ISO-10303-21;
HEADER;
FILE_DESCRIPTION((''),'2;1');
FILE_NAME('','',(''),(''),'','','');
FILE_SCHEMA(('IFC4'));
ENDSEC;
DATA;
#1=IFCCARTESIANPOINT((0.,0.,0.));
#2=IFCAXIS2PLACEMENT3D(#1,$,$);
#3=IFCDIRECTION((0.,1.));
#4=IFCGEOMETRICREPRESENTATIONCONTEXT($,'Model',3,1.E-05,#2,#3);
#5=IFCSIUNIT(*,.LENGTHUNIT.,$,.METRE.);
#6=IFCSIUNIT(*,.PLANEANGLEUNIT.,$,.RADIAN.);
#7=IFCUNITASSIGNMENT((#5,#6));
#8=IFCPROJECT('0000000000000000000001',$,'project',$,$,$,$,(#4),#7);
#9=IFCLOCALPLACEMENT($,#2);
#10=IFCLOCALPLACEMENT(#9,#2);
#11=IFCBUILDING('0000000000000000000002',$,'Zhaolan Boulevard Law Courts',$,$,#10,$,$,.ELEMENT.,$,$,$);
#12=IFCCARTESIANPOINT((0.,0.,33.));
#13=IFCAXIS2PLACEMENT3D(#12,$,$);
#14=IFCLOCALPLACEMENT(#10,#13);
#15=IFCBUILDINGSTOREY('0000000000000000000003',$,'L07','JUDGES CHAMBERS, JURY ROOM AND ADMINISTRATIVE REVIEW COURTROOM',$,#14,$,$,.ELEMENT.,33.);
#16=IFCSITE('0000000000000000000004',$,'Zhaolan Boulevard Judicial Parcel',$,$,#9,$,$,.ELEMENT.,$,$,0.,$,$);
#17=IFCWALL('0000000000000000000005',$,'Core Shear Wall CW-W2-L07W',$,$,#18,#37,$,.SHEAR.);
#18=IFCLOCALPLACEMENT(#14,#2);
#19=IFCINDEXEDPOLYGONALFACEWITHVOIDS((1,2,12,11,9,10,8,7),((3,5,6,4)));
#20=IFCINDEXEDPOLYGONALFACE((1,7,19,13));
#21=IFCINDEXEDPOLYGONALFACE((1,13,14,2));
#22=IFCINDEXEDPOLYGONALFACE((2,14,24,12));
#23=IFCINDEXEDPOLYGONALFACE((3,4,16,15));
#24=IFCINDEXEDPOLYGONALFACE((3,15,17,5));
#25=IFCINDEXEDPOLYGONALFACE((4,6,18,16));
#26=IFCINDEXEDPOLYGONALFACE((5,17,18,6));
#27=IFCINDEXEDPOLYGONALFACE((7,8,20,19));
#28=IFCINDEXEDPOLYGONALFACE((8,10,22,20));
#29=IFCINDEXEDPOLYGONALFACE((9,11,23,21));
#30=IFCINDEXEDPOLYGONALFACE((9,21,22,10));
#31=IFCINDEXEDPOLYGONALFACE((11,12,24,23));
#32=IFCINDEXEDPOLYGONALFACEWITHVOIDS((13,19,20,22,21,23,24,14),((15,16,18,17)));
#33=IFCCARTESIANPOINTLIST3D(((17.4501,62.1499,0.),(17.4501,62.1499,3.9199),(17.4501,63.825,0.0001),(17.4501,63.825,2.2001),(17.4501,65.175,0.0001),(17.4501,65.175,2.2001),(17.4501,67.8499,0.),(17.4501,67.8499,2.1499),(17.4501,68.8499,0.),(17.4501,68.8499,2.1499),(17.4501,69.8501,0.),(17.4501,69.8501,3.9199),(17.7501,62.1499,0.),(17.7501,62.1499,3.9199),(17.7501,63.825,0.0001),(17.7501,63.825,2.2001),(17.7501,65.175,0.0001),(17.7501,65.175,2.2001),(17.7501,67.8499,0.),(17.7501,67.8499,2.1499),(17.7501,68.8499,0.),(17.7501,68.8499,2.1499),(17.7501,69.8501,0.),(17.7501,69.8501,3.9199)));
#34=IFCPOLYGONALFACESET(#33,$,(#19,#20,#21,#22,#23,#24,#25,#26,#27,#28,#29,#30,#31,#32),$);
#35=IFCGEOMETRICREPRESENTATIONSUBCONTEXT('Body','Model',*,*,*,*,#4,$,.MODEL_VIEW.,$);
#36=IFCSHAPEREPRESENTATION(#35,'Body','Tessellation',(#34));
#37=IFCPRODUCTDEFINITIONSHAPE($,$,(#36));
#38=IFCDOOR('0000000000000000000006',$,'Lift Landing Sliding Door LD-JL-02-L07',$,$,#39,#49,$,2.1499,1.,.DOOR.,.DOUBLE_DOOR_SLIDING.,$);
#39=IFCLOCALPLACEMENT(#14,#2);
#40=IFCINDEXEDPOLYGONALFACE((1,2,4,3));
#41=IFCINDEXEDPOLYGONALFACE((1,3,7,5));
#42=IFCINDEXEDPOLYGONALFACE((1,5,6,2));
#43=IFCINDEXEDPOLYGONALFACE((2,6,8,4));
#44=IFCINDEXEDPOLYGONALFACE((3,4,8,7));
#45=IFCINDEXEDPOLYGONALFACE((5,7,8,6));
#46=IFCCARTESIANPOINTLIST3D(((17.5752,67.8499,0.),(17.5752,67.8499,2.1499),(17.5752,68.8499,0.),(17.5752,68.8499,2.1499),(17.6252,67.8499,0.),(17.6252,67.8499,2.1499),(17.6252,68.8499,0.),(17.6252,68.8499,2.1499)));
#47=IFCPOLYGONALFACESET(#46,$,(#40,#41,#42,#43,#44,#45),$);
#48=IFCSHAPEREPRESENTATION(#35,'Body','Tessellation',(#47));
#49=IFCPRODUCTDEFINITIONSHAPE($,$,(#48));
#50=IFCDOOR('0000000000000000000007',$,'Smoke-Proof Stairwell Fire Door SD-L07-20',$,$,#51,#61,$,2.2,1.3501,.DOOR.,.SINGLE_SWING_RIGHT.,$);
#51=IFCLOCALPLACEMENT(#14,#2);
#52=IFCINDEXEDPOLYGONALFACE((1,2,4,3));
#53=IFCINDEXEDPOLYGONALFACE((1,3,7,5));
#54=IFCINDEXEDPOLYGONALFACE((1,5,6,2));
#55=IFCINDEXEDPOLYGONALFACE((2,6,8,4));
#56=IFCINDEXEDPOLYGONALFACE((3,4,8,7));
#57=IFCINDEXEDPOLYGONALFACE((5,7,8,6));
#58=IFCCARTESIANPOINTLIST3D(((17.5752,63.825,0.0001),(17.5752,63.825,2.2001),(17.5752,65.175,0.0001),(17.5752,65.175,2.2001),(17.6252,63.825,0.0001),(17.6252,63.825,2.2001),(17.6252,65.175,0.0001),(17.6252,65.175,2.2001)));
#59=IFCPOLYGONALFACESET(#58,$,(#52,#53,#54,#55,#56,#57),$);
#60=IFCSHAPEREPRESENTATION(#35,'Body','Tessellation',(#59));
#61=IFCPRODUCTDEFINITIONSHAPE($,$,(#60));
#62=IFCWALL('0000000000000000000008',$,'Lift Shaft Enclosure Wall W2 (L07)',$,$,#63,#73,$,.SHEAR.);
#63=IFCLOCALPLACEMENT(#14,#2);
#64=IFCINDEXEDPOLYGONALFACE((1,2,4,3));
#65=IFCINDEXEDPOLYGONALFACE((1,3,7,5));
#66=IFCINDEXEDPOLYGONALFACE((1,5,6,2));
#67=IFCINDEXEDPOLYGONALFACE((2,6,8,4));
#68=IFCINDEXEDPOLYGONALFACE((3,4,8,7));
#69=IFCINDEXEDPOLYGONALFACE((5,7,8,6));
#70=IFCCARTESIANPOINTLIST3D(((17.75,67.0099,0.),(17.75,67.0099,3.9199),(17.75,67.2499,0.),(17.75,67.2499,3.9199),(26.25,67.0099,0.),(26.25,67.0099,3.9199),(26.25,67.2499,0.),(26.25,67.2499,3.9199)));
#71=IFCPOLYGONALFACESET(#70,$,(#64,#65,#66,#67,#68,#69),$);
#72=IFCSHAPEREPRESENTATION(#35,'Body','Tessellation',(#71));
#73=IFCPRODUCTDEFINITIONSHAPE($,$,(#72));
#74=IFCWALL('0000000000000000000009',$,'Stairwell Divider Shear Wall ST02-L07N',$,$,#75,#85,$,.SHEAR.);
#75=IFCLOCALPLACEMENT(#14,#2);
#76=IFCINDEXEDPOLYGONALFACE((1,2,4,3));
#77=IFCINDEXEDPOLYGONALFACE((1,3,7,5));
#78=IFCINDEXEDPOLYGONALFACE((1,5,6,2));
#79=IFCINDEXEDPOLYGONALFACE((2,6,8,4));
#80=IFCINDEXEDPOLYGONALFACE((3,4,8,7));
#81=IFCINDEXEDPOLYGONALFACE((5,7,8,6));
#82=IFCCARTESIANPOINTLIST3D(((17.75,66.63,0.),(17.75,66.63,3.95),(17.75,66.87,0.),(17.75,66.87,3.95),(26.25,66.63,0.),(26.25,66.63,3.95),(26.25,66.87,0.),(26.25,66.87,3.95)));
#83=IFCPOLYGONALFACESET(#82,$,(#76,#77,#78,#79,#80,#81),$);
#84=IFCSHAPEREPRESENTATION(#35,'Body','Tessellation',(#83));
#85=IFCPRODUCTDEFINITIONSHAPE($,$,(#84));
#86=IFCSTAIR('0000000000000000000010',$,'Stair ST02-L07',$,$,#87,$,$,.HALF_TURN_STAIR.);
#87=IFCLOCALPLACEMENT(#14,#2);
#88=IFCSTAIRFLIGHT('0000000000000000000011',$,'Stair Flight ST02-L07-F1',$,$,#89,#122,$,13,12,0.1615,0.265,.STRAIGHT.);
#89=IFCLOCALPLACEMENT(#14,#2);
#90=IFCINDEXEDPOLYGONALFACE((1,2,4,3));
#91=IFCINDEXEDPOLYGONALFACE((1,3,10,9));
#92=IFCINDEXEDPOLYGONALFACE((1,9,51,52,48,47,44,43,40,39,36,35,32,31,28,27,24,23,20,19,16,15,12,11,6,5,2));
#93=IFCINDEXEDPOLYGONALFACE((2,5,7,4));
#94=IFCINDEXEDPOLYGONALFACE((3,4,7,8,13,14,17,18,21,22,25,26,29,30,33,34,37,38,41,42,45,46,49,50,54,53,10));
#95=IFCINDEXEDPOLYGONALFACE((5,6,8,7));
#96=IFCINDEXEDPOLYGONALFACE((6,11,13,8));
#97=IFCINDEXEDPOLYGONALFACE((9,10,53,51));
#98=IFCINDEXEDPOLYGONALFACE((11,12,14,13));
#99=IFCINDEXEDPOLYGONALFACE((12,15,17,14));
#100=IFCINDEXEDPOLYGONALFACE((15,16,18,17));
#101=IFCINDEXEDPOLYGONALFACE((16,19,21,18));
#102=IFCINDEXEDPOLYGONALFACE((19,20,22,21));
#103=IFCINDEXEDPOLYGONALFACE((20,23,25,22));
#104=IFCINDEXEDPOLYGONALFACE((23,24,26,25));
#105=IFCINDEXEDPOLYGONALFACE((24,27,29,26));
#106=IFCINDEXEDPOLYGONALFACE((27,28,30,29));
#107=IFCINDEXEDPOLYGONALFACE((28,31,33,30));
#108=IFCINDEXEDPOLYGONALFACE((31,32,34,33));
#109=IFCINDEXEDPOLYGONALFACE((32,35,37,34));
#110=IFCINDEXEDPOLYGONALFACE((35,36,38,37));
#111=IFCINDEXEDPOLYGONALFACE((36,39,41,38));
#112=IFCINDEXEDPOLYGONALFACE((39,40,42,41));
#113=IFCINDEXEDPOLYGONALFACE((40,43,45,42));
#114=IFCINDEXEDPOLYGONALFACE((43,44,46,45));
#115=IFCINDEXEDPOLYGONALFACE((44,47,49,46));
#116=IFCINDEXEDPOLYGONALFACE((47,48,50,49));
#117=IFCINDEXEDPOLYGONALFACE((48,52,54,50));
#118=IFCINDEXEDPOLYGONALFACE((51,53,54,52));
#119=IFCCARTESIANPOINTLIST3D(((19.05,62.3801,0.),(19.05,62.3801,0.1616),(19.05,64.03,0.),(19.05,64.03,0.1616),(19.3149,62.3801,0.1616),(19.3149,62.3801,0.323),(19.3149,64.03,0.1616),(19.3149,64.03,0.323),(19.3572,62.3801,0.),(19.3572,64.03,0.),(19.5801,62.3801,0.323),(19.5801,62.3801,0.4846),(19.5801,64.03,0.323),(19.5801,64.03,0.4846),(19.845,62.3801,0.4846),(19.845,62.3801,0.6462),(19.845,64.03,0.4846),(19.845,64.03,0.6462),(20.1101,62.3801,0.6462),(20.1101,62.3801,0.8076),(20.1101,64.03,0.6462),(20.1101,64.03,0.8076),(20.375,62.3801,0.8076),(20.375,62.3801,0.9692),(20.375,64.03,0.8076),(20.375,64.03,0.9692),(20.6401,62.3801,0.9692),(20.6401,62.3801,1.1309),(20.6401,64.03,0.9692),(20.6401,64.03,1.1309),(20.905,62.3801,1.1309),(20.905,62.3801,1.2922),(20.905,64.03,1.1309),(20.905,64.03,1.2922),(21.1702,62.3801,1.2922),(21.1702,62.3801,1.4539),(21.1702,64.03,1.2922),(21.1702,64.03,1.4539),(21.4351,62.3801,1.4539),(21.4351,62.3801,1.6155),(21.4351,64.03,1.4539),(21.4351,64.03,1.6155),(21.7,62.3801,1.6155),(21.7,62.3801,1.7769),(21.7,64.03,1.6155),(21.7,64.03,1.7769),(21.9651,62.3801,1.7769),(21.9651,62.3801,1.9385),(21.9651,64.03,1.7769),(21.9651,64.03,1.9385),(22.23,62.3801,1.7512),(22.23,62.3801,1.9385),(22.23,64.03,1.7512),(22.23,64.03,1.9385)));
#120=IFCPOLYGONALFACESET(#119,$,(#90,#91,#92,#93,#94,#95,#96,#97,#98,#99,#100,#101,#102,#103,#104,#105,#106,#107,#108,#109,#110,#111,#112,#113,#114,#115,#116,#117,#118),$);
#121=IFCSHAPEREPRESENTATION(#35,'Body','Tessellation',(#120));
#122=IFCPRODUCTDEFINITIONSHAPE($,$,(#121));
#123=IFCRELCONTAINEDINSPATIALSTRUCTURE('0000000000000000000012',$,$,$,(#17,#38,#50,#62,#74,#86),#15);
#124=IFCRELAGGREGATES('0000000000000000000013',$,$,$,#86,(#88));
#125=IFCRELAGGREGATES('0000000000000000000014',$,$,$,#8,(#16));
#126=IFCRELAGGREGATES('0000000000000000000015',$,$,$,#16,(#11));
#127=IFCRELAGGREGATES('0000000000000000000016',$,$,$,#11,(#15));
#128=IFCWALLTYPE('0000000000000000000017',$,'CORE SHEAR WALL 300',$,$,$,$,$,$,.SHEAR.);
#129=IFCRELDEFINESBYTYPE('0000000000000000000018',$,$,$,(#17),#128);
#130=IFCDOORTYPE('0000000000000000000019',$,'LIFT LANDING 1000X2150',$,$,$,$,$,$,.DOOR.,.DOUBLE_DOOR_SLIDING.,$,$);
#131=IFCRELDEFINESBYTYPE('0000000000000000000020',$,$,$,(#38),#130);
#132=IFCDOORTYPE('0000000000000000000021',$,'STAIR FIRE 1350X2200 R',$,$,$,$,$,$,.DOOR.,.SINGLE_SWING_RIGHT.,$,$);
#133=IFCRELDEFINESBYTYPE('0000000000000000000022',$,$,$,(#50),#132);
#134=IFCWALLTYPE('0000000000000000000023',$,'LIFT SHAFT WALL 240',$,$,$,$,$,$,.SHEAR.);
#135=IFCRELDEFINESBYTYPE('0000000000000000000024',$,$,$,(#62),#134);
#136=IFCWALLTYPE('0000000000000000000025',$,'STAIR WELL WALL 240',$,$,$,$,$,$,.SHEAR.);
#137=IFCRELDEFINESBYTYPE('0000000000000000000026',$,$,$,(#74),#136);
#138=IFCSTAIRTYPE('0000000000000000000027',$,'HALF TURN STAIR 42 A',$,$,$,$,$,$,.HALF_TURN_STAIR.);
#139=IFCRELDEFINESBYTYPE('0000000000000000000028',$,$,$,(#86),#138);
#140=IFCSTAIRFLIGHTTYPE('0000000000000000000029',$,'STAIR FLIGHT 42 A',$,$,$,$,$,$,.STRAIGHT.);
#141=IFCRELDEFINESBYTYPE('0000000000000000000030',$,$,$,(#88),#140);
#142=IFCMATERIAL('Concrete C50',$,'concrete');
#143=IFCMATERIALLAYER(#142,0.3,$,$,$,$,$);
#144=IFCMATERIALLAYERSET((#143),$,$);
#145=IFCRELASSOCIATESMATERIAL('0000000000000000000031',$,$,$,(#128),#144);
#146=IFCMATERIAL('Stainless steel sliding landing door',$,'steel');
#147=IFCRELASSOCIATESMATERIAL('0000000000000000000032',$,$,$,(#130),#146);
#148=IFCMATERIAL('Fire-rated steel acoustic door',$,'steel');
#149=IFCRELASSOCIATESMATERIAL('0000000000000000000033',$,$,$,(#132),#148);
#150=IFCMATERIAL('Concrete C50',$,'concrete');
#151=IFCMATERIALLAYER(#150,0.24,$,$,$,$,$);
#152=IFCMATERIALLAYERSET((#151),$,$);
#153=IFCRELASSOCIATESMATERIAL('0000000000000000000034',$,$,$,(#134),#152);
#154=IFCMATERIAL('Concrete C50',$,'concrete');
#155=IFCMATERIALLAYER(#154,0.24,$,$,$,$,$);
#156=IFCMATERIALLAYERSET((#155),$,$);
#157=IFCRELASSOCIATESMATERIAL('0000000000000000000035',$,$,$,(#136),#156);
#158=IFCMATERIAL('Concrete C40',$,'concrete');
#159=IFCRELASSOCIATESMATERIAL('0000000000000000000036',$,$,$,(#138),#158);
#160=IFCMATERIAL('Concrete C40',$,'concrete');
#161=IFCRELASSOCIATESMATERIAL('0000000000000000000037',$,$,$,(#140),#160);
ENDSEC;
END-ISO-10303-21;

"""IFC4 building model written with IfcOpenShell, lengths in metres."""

from ifc_helpers import new_model, si_unit, direction, frame, frame_2d, origin, place, context, subcontext, project, spatial, polyline, rectangle, outline, extrude, material, layer, layer_set, type_object, element, fill, aggregate, save


model = new_model("IFC4")

# Units and contexts
model_context = context("Model", 3, precision=1e-05, world=origin(), true_north=direction((0.0, 1.0)))
body_context = subcontext(model_context, "Body", "Model", "MODEL_VIEW")
ifc_project = project(units=[si_unit("LENGTHUNIT", "METRE"), si_unit("PLANEANGLEUNIT", "RADIAN")], contexts=[model_context])

# Site, building, storey
site_placement = place(None, origin())
site = spatial("IfcSite", under=ifc_project, at=site_placement, Name="Zhaolan Boulevard Judicial Parcel", CompositionType="ELEMENT", RefElevation=0.0)
building_placement = place(site_placement, origin())
building = spatial("IfcBuilding", under=site, at=building_placement, Name="Zhaolan Boulevard Law Courts", CompositionType="ELEMENT")
storey_placement = place(building_placement, frame((0.0, 0.0, 33.0)))
storey = spatial("IfcBuildingStorey", under=building, at=storey_placement, Name="L07", Description="JUDGES CHAMBERS, JURY ROOM AND ADMINISTRATIVE REVIEW COURTROOM", CompositionType="ELEMENT", Elevation=33.0)

# Wall, openings, doors
ifc_material_1 = material(Name="Concrete C50", Category="concrete")
ifc_layer_1 = layer(ifc_material_1, 0.3)
ifc_layer_set_1 = layer_set([ifc_layer_1])
wall_type_1 = type_object("IfcWallType", Name="CORE SHEAR WALL 300", PredefinedType="SHEAR", material=ifc_layer_set_1)
wall_1_placement = place(storey_placement, frame((17.6001, 62.1499, 0.0), z_axis=(0.0, 0.0, 1.0), x_axis=(0.0, 1.0, 0.0)))
wall_1 = element("IfcWall", 1, at=wall_1_placement, inside=storey, type_object=wall_type_1, Name="Core Shear Wall CW-W2-L07W", PredefinedType="SHEAR", context=body_context, shape_type="SweptSolid", body=[
    extrude(rectangle(XDim=7.7002, YDim=0.3, at=frame_2d((3.8501, 0.0))), origin(), (0.0, 0.0, 1.0), 3.9199),
])
opening_1_placement = place(wall_1_placement, frame((1.675, 0.0, 0.0)))
opening_1 = element("IfcOpeningElement", 2, at=opening_1_placement, cuts=wall_1, PredefinedType="OPENING", context=body_context, shape_type="SweptSolid", body=[
    extrude(rectangle(XDim=1.3501, YDim=2.2, at=frame_2d((0.675, 1.1001))), frame((0.0, 0.1599, 0.0), z_axis=(0.0, -1.0, 0.0), x_axis=(1.0, 0.0, 0.0)), (0.0, 0.0, 1.0), 0.3201),
])
opening_2_placement = place(wall_1_placement, frame((5.7, 0.0, 0.0)))
opening_2 = element("IfcOpeningElement", 3, at=opening_2_placement, cuts=wall_1, PredefinedType="OPENING", context=body_context, shape_type="SweptSolid", body=[
    extrude(rectangle(XDim=1.0, YDim=2.1499, at=frame_2d((0.5, 1.075))), frame((0.0, 0.1599, 0.0), z_axis=(0.0, -1.0, 0.0), x_axis=(1.0, 0.0, 0.0)), (0.0, 0.0, 1.0), 0.3201),
])
ifc_material_2 = material(Name="Stainless steel sliding landing door", Category="steel")
door_type_1 = type_object("IfcDoorType", Name="LIFT LANDING 1000X2150", OperationType="DOUBLE_DOOR_SLIDING", PredefinedType="DOOR", material=ifc_material_2)
door_1_placement = place(opening_2_placement, origin())
door_1 = element("IfcDoor", 4, at=door_1_placement, inside=storey, type_object=door_type_1, Name="Lift Landing Sliding Door LD-JL-02-L07", OperationType="DOUBLE_DOOR_SLIDING", OverallHeight=2.1499, OverallWidth=1.0, PredefinedType="DOOR", context=body_context, shape_type="SweptSolid", body=[
    extrude(rectangle(XDim=1.0, YDim=2.1499, at=frame_2d((0.5, 1.075))), frame((0.0, 0.0249, 0.0), z_axis=(0.0, -1.0, 0.0), x_axis=(1.0, 0.0, 0.0)), (0.0, 0.0, 1.0), 0.05),
])
fill(opening_2, door_1)
ifc_material_3 = material(Name="Fire-rated steel acoustic door", Category="steel")
door_type_2 = type_object("IfcDoorType", Name="STAIR FIRE 1350X2200 R", OperationType="SINGLE_SWING_RIGHT", PredefinedType="DOOR", material=ifc_material_3)
door_2_placement = place(opening_1_placement, origin())
door_2 = element("IfcDoor", 5, at=door_2_placement, inside=storey, type_object=door_type_2, Name="Smoke-Proof Stairwell Fire Door SD-L07-20", OperationType="SINGLE_SWING_RIGHT", OverallHeight=2.2, OverallWidth=1.3501, PredefinedType="DOOR", context=body_context, shape_type="SweptSolid", body=[
    extrude(rectangle(XDim=1.3501, YDim=2.2, at=frame_2d((0.675, 1.1001))), frame((0.0, 0.0249, 0.0), z_axis=(0.0, -1.0, 0.0), x_axis=(1.0, 0.0, 0.0)), (0.0, 0.0, 1.0), 0.05),
])
fill(opening_1, door_2)

# Walls
ifc_material_4 = material(Name="Concrete C50", Category="concrete")
ifc_layer_2 = layer(ifc_material_4, 0.24)
ifc_layer_set_2 = layer_set([ifc_layer_2])
wall_type_2 = type_object("IfcWallType", Name="LIFT SHAFT WALL 240", PredefinedType="SHEAR", material=ifc_layer_set_2)
wall_2_placement = place(storey_placement, frame((17.75, 67.1299, 0.0), z_axis=(0.0, 0.0, 1.0), x_axis=(1.0, 0.0, 0.0)))
element("IfcWall", 6, at=wall_2_placement, inside=storey, type_object=wall_type_2, Name="Lift Shaft Enclosure Wall W2 (L07)", PredefinedType="SHEAR", context=body_context, shape_type="SweptSolid", body=[
    extrude(rectangle(XDim=8.5, YDim=0.24, at=frame_2d((4.25, 0.0))), origin(), (0.0, 0.0, 1.0), 3.9199),
])
ifc_material_5 = material(Name="Concrete C50", Category="concrete")
ifc_layer_3 = layer(ifc_material_5, 0.24)
ifc_layer_set_3 = layer_set([ifc_layer_3])
wall_type_3 = type_object("IfcWallType", Name="STAIR WELL WALL 240", PredefinedType="SHEAR", material=ifc_layer_set_3)
wall_3_placement = place(storey_placement, frame((17.75, 66.75, 0.0), z_axis=(0.0, 0.0, 1.0), x_axis=(1.0, 0.0, 0.0)))
element("IfcWall", 7, at=wall_3_placement, inside=storey, type_object=wall_type_3, Name="Stairwell Divider Shear Wall ST02-L07N", PredefinedType="SHEAR", context=body_context, shape_type="SweptSolid", body=[
    extrude(rectangle(XDim=8.5, YDim=0.24, at=frame_2d((4.25, 0.0))), origin(), (0.0, 0.0, 1.0), 3.95),
])

# Stair, stair flight
ifc_material_6 = material(Name="Concrete C40", Category="concrete")
stair_type = type_object("IfcStairType", Name="HALF TURN STAIR 42 A", PredefinedType="HALF_TURN_STAIR", material=ifc_material_6)
stair_placement = place(storey_placement, origin())
stair = element("IfcStair", 8, at=stair_placement, inside=storey, type_object=stair_type, Name="Stair ST02-L07", PredefinedType="HALF_TURN_STAIR")
ifc_material_7 = material(Name="Concrete C40", Category="concrete")
stair_flight_type = type_object("IfcStairFlightType", Name="STAIR FLIGHT 42 A", PredefinedType="STRAIGHT", material=ifc_material_7)
stair_flight_placement = place(storey_placement, frame((19.05, 63.2051, 0.0), z_axis=(0.0, 0.0, 1.0), x_axis=(1.0, 0.0, 0.0)))
stair_flight = element("IfcStairFlight", 9, at=stair_flight_placement, type_object=stair_flight_type, Name="Stair Flight ST02-L07-F1", NumberOfRisers=13, NumberOfTreads=12, PredefinedType="STRAIGHT", RiserHeight=0.1615, TreadLength=0.265, context=body_context, shape_type="SweptSolid", body=[
    extrude(outline(polyline([(0.0, 0.0), (0.0, 0.1616), (0.2649, 0.1616), (0.2649, 0.323), (0.53, 0.323), (0.53, 0.4846), (0.7949, 0.4846), (0.7949, 0.6462), (1.0601, 0.6462), (1.0601, 0.8076), (1.325, 0.8076), (1.325, 0.9692), (1.5901, 0.9692), (1.5901, 1.1309), (1.855, 1.1309), (1.855, 1.2922), (2.1201, 1.2922), (2.1201, 1.4539), (2.385, 1.4539), (2.385, 1.6155), (2.6499, 1.6155), (2.6499, 1.7769), (2.915, 1.7769), (2.915, 1.9385), (3.1799, 1.9385), (3.1799, 2.1001), (3.1799, 1.7512), (0.3071, 0.0), (0.0, 0.0)])), frame((0.0, 0.825, 0.0), z_axis=(0.0, -1.0, 0.0), x_axis=(1.0, 0.0, 0.0)), (0.0, 0.0, 1.0), 1.6499),
])
aggregate(stair, [stair_flight])

save(model, "model.ifc")
